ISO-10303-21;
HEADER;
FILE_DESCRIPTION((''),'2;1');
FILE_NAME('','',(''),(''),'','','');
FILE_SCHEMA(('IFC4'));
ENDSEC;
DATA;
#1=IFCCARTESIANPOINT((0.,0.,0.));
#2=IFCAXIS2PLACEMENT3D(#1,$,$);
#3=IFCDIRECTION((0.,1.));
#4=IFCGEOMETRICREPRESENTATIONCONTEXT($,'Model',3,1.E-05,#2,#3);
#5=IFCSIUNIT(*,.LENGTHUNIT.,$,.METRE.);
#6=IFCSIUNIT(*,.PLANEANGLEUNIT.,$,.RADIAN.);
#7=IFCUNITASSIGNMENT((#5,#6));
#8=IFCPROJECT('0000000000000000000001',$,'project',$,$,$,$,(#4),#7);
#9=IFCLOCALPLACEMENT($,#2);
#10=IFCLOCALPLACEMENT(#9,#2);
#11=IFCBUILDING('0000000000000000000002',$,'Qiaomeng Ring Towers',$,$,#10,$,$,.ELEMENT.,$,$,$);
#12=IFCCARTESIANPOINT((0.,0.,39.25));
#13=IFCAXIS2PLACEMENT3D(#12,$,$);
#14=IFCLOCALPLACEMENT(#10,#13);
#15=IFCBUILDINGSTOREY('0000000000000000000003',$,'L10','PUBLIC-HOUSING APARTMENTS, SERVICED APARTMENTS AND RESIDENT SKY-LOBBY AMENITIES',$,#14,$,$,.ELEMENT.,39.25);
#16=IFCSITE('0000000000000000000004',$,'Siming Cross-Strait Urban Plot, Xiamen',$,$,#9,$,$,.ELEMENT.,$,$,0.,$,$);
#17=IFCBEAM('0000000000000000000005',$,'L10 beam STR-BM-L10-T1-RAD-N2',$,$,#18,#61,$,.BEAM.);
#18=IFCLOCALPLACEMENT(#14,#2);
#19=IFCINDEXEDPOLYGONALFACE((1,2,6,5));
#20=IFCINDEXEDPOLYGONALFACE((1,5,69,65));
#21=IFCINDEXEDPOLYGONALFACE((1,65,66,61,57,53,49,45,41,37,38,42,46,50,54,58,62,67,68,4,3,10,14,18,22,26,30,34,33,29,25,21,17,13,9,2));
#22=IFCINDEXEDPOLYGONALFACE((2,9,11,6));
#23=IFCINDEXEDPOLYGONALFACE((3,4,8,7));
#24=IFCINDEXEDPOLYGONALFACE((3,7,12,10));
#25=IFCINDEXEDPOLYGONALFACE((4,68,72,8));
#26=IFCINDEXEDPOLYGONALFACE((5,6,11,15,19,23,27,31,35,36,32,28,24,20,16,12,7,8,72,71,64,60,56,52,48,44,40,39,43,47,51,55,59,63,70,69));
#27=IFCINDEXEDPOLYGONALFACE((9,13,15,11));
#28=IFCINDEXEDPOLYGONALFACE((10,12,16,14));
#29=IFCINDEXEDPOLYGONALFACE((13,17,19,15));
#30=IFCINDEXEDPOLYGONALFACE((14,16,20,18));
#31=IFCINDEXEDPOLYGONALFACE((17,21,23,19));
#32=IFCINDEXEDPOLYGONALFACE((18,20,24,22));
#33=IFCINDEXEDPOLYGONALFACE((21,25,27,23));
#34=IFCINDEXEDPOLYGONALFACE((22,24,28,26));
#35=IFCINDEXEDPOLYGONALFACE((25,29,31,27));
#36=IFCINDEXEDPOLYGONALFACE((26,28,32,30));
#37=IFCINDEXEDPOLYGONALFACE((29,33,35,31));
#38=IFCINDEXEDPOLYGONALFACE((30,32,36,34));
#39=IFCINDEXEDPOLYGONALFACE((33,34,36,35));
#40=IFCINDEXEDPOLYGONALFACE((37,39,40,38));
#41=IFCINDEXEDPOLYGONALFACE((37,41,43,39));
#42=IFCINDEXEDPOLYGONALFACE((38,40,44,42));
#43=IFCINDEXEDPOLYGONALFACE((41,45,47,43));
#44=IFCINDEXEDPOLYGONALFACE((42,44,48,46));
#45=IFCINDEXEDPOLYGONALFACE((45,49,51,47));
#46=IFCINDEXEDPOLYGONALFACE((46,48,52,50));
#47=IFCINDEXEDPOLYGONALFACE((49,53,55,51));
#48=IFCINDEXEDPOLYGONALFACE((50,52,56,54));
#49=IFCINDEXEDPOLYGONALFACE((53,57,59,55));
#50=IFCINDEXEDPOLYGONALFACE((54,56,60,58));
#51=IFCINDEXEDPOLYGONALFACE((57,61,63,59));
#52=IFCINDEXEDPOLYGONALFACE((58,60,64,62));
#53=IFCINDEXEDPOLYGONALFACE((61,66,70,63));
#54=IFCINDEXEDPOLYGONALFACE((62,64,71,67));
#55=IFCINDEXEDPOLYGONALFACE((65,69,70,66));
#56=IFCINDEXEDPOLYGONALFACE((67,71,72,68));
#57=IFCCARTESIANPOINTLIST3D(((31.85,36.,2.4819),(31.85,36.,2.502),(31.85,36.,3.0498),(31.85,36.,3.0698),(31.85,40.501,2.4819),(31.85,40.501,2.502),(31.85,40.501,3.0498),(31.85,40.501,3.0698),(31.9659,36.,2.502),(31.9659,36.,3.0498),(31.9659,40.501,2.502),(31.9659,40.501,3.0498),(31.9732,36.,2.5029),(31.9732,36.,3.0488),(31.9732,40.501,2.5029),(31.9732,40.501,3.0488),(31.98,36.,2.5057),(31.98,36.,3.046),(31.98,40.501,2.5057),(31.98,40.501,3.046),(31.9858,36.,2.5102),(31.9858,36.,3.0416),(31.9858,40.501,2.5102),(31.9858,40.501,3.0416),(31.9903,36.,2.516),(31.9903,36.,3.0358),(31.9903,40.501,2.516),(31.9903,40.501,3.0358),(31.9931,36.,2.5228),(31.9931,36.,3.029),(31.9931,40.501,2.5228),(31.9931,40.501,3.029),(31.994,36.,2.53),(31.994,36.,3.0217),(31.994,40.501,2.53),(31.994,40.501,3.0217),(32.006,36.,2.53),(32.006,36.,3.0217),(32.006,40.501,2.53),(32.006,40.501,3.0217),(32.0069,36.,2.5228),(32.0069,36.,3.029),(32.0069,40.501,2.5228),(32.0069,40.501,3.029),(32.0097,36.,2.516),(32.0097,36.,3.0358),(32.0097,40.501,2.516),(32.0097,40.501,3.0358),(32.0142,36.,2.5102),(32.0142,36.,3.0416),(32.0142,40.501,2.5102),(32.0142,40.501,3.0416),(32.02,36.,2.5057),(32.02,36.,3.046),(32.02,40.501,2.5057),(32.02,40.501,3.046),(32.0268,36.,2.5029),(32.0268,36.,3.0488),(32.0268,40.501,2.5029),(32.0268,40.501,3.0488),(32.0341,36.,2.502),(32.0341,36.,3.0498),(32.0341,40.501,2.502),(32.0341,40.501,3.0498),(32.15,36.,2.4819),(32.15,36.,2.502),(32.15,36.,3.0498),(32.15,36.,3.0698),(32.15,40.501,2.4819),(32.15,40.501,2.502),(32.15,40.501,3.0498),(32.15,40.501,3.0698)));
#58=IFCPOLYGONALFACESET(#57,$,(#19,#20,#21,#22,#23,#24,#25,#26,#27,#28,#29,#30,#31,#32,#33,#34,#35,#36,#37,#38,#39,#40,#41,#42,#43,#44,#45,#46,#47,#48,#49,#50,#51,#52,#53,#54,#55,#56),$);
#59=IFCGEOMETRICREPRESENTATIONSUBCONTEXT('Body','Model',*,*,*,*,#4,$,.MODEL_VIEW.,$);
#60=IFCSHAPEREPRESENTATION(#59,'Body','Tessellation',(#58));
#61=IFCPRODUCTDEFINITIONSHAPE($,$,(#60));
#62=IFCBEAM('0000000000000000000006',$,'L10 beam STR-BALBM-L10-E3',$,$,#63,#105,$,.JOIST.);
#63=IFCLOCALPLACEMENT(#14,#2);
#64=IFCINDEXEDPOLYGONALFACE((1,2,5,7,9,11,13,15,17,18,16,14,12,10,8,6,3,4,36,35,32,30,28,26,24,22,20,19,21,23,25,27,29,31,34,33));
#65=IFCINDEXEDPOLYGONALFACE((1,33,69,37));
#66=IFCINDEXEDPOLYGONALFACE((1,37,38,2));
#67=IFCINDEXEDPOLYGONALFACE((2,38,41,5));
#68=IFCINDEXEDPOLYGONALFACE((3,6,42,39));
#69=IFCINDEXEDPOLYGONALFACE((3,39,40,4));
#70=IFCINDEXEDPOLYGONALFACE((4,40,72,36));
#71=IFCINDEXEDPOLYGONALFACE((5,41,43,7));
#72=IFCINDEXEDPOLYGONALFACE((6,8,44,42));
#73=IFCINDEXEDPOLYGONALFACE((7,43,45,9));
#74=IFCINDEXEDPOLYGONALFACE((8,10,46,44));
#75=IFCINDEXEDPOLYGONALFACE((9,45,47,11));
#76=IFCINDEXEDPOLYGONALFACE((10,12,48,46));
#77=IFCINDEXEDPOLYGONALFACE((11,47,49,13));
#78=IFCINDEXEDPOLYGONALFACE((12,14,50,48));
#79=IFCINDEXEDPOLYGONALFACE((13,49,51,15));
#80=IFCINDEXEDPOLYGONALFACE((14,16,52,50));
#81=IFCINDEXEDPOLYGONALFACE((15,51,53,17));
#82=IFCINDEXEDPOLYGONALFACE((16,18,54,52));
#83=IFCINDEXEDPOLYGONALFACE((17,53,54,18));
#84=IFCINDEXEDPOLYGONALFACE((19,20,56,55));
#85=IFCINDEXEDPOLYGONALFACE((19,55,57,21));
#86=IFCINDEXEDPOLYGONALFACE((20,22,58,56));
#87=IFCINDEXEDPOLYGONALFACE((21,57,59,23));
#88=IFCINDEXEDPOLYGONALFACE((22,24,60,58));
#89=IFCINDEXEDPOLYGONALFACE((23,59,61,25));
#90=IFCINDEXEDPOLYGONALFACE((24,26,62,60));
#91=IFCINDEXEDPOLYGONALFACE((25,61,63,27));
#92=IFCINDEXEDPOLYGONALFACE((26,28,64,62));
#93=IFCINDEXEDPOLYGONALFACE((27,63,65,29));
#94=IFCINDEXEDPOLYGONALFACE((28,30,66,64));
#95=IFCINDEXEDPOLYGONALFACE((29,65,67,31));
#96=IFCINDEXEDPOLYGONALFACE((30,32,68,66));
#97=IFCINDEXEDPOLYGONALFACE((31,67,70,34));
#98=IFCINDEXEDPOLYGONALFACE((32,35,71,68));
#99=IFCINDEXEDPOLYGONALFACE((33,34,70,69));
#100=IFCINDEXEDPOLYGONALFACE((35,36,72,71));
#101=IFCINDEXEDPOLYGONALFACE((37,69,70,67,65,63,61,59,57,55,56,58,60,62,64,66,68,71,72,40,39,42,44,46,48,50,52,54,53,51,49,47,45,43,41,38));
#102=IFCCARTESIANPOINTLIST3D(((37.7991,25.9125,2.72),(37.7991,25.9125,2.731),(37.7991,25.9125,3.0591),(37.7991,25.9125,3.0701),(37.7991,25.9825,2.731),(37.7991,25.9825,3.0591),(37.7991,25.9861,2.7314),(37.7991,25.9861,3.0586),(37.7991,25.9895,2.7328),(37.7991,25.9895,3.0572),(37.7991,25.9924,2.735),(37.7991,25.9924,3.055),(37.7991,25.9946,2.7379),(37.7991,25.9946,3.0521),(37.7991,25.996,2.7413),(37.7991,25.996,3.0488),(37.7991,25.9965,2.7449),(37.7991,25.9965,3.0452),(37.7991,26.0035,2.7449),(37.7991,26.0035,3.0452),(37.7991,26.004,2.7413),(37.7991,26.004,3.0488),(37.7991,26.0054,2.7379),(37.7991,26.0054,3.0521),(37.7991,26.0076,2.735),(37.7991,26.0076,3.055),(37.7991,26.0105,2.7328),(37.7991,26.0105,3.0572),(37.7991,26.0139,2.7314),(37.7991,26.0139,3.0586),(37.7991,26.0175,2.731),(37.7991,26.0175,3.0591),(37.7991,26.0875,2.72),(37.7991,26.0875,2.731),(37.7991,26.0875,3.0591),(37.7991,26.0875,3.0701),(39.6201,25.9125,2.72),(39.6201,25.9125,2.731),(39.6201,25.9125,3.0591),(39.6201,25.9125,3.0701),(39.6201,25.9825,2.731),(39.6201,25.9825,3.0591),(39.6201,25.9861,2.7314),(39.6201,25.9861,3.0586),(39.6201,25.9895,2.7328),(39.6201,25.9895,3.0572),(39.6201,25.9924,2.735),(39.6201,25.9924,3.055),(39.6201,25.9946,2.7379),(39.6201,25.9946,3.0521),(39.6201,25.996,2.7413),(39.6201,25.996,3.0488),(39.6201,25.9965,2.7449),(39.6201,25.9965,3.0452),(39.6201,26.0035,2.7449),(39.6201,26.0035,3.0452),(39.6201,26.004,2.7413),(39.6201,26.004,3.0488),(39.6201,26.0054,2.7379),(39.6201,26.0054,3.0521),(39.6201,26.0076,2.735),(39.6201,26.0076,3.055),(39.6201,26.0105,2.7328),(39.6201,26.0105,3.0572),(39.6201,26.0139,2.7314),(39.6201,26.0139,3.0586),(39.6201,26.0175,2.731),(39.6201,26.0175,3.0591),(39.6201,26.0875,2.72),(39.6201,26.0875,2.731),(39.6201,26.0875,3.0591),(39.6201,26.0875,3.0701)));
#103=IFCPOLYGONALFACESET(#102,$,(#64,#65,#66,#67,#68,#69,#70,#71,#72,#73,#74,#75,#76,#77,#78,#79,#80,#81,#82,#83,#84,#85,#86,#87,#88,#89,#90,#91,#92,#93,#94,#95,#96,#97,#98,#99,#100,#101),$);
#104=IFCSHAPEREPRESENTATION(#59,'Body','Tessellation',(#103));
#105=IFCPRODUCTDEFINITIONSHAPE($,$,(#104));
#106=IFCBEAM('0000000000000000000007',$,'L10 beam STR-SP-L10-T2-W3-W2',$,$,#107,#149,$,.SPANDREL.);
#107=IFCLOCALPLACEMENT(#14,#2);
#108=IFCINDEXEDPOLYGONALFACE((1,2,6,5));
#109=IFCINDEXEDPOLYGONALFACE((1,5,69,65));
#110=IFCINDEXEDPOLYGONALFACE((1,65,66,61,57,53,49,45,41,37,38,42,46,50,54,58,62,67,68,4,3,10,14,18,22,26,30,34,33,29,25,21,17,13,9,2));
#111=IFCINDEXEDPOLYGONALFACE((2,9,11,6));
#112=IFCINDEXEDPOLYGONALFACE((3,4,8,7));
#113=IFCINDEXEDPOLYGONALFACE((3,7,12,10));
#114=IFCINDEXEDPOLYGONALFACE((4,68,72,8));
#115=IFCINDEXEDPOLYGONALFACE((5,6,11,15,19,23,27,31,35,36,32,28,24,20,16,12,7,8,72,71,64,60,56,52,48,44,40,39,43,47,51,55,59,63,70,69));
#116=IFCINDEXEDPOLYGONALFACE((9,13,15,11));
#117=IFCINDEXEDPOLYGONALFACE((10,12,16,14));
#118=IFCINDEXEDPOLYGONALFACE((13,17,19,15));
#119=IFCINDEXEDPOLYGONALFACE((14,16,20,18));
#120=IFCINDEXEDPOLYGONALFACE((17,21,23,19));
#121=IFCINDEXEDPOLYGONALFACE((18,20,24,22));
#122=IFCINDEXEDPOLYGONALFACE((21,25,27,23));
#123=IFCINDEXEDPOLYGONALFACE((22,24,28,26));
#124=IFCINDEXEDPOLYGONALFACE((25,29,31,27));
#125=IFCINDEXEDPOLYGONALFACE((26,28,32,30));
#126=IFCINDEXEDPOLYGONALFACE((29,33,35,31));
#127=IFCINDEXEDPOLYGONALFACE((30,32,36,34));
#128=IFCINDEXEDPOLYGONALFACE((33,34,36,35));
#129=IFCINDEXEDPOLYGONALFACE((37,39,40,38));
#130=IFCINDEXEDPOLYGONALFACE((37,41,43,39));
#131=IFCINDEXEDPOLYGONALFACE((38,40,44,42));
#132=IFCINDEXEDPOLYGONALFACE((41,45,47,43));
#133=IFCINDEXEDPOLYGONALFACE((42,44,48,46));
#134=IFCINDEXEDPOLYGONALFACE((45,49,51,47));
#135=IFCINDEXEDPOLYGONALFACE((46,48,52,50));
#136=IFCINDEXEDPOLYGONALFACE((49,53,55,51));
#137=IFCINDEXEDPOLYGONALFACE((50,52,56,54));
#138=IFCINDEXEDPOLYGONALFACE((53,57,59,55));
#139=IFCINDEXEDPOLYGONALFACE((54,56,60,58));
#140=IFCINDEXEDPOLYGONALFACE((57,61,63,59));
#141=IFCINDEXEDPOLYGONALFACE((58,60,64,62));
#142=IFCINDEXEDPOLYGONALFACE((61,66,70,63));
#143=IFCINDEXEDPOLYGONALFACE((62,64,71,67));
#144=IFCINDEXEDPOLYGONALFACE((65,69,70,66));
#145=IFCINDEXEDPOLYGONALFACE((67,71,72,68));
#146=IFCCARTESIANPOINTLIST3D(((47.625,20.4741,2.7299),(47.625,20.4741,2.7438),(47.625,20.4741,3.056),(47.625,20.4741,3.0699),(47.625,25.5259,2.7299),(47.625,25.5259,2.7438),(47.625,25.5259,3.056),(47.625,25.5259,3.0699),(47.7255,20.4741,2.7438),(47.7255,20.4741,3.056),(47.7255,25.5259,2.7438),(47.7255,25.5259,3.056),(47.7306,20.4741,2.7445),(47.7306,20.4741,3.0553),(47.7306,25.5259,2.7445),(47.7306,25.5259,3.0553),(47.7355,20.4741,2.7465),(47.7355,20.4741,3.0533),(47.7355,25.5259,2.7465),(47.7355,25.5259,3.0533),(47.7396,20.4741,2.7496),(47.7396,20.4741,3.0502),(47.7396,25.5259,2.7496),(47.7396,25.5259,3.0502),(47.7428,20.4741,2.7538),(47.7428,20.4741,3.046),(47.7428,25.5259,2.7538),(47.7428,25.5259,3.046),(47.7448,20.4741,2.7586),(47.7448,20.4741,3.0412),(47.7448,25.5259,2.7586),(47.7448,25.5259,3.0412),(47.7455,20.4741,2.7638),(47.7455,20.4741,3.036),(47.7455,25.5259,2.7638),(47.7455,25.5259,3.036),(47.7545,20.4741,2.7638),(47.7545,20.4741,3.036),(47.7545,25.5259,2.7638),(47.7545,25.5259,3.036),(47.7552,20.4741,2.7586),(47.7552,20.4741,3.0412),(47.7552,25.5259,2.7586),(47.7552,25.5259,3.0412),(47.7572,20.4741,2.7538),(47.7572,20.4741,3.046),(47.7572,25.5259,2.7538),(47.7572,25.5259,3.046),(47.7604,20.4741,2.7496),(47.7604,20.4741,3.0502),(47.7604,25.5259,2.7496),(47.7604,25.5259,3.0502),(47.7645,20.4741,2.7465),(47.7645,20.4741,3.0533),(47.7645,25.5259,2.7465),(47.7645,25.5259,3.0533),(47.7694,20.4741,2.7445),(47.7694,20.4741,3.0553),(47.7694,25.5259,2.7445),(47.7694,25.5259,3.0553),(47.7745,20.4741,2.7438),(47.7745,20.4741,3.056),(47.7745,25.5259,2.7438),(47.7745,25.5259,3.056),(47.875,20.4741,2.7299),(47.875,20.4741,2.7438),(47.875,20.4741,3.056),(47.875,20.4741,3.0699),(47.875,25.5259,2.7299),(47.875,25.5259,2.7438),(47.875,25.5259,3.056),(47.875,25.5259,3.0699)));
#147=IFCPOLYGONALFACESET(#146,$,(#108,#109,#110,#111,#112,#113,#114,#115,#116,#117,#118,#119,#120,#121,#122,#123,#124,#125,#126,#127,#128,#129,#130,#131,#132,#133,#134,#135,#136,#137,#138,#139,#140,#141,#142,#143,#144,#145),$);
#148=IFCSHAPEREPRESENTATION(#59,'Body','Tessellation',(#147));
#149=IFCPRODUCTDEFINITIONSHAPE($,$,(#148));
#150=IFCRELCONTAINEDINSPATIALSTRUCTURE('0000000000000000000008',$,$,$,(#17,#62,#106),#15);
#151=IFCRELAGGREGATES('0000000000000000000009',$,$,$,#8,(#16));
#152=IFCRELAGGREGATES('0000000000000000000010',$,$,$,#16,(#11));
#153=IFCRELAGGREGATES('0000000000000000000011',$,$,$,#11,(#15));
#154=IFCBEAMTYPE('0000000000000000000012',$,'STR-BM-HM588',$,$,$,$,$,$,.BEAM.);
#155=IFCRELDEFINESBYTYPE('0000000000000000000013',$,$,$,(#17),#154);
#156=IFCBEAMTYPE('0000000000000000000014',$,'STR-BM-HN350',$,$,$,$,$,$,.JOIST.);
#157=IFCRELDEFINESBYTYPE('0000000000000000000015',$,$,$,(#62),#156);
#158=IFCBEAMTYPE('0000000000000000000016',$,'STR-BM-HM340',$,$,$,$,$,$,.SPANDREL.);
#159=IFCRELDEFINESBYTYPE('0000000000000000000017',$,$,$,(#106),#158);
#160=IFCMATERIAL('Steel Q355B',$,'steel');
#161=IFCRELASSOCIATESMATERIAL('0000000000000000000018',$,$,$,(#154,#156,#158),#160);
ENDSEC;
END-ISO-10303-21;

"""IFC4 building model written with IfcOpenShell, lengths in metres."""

from ifc_helpers import new_model, si_unit, direction, frame, origin, origin_2d, place, context, subcontext, project, spatial, i_section, extrude, source, transform, mapped, material, material_profile, profile_set, type_object, element, save


model = new_model("IFC4")

# Units and contexts
model_context = context("Model", 3, precision=1e-05, world=origin(), true_north=direction((0.0, 1.0)))
body_context = subcontext(model_context, "Body", "Model", "MODEL_VIEW")
ifc_project = project(units=[si_unit("LENGTHUNIT", "METRE"), si_unit("PLANEANGLEUNIT", "RADIAN")], contexts=[model_context])

# Site, building, storey
site_placement = place(None, origin())
site = spatial("IfcSite", under=ifc_project, at=site_placement, Name="Siming Cross-Strait Urban Plot, Xiamen", CompositionType="ELEMENT", RefElevation=0.0)
building_placement = place(site_placement, origin())
building = spatial("IfcBuilding", under=site, at=building_placement, Name="Qiaomeng Ring Towers", CompositionType="ELEMENT")
storey_placement = place(building_placement, frame((0.0, 0.0, 39.25)))
storey = spatial("IfcBuildingStorey", under=building, at=storey_placement, Name="L10", Description="PUBLIC-HOUSING APARTMENTS, SERVICED APARTMENTS AND RESIDENT SKY-LOBBY AMENITIES", CompositionType="ELEMENT", Elevation=39.25)

# Beams
ifc_material_1 = material(Name="Steel Q355B", Category="steel")
ifc_material_profile_1 = material_profile(ifc_material_1, i_section(OverallWidth=0.3, OverallDepth=0.5879, WebThickness=0.012, FlangeThickness=0.02, FilletRadius=0.0281, at=origin_2d()), Name="HM 588x300x12x20")
ifc_profile_set_1 = profile_set([ifc_material_profile_1], Name="Steel Q355B")
beam_type_1 = type_object("IfcBeamType", Name="STR-BM-HM588", PredefinedType="BEAM", material=ifc_profile_set_1)
shared_shape_1 = source(origin(), body_context, "Body", "SweptSolid", [
    extrude(i_section(OverallWidth=0.3, OverallDepth=0.5879, WebThickness=0.012, FlangeThickness=0.02, FilletRadius=0.0281, at=origin_2d()), origin(), (0.0, 0.0, 1.0), 4.501),
])
beam_1_placement = place(storey_placement, frame((32.0, 40.501, 2.7759), z_axis=(0.0, -1.0, 0.0), x_axis=(1.0, 0.0, 0.0)))
element("IfcBeam", 1, at=beam_1_placement, inside=storey, type_object=beam_type_1, Name="L10 beam STR-BM-L10-T1-RAD-N2", PredefinedType="BEAM", context=body_context, shape_type="MappedRepresentation", body=[
    mapped(shared_shape_1, transform((0.0, 0.0, 0.0), x_axis=(1.0, 0.0, 0.0), y_axis=(0.0, 1.0, 0.0), z_axis=(0.0, 0.0, 1.0), scale=1.0)),
])
ifc_material_profile_2 = material_profile(ifc_material_1, i_section(OverallWidth=0.175, OverallDepth=0.3501, WebThickness=0.0071, FlangeThickness=0.011, FilletRadius=0.0139, at=origin_2d()), Name="HN 350x175x7x11")
ifc_profile_set_2 = profile_set([ifc_material_profile_2], Name="Steel Q355B")
beam_type_2 = type_object("IfcBeamType", Name="STR-BM-HN350", PredefinedType="JOIST", material=ifc_profile_set_2)
shared_shape_2 = source(origin(), body_context, "Body", "SweptSolid", [
    extrude(i_section(OverallWidth=0.175, OverallDepth=0.3501, WebThickness=0.0071, FlangeThickness=0.011, FilletRadius=0.0139, at=origin_2d()), origin(), (0.0, 0.0, 1.0), 1.821),
])
beam_2_placement = place(storey_placement, frame((37.7991, 26.0, 2.895), z_axis=(1.0, 0.0, 0.0), x_axis=(0.0, 1.0, 0.0)))
element("IfcBeam", 2, at=beam_2_placement, inside=storey, type_object=beam_type_2, Name="L10 beam STR-BALBM-L10-E3", PredefinedType="JOIST", context=body_context, shape_type="MappedRepresentation", body=[
    mapped(shared_shape_2, transform((0.0, 0.0, 0.0), x_axis=(1.0, 0.0, 0.0), y_axis=(0.0, 1.0, 0.0), z_axis=(0.0, 0.0, 1.0), scale=1.0)),
])
ifc_material_profile_3 = material_profile(ifc_material_1, i_section(OverallWidth=0.25, OverallDepth=0.3401, WebThickness=0.009, FlangeThickness=0.0139, FilletRadius=0.02, at=origin_2d()), Name="HM 340x250x9x14")
ifc_profile_set_3 = profile_set([ifc_material_profile_3], Name="Steel Q355B")
beam_type_3 = type_object("IfcBeamType", Name="STR-BM-HM340", PredefinedType="SPANDREL", material=ifc_profile_set_3)
shared_shape_3 = source(origin(), body_context, "Body", "SweptSolid", [
    extrude(i_section(OverallWidth=0.25, OverallDepth=0.3401, WebThickness=0.009, FlangeThickness=0.0139, FilletRadius=0.02, at=origin_2d()), origin(), (0.0, 0.0, 1.0), 5.0518),
])
beam_3_placement = place(storey_placement, frame((47.75, 25.5259, 2.8999), z_axis=(0.0, -1.0, 0.0), x_axis=(1.0, 0.0, 0.0)))
element("IfcBeam", 3, at=beam_3_placement, inside=storey, type_object=beam_type_3, Name="L10 beam STR-SP-L10-T2-W3-W2", PredefinedType="SPANDREL", context=body_context, shape_type="MappedRepresentation", body=[
    mapped(shared_shape_3, transform((0.0, 0.0, 0.0), x_axis=(1.0, 0.0, 0.0), y_axis=(0.0, 1.0, 0.0), z_axis=(0.0, 0.0, 1.0), scale=1.0)),
])

save(model, "model.ifc")
